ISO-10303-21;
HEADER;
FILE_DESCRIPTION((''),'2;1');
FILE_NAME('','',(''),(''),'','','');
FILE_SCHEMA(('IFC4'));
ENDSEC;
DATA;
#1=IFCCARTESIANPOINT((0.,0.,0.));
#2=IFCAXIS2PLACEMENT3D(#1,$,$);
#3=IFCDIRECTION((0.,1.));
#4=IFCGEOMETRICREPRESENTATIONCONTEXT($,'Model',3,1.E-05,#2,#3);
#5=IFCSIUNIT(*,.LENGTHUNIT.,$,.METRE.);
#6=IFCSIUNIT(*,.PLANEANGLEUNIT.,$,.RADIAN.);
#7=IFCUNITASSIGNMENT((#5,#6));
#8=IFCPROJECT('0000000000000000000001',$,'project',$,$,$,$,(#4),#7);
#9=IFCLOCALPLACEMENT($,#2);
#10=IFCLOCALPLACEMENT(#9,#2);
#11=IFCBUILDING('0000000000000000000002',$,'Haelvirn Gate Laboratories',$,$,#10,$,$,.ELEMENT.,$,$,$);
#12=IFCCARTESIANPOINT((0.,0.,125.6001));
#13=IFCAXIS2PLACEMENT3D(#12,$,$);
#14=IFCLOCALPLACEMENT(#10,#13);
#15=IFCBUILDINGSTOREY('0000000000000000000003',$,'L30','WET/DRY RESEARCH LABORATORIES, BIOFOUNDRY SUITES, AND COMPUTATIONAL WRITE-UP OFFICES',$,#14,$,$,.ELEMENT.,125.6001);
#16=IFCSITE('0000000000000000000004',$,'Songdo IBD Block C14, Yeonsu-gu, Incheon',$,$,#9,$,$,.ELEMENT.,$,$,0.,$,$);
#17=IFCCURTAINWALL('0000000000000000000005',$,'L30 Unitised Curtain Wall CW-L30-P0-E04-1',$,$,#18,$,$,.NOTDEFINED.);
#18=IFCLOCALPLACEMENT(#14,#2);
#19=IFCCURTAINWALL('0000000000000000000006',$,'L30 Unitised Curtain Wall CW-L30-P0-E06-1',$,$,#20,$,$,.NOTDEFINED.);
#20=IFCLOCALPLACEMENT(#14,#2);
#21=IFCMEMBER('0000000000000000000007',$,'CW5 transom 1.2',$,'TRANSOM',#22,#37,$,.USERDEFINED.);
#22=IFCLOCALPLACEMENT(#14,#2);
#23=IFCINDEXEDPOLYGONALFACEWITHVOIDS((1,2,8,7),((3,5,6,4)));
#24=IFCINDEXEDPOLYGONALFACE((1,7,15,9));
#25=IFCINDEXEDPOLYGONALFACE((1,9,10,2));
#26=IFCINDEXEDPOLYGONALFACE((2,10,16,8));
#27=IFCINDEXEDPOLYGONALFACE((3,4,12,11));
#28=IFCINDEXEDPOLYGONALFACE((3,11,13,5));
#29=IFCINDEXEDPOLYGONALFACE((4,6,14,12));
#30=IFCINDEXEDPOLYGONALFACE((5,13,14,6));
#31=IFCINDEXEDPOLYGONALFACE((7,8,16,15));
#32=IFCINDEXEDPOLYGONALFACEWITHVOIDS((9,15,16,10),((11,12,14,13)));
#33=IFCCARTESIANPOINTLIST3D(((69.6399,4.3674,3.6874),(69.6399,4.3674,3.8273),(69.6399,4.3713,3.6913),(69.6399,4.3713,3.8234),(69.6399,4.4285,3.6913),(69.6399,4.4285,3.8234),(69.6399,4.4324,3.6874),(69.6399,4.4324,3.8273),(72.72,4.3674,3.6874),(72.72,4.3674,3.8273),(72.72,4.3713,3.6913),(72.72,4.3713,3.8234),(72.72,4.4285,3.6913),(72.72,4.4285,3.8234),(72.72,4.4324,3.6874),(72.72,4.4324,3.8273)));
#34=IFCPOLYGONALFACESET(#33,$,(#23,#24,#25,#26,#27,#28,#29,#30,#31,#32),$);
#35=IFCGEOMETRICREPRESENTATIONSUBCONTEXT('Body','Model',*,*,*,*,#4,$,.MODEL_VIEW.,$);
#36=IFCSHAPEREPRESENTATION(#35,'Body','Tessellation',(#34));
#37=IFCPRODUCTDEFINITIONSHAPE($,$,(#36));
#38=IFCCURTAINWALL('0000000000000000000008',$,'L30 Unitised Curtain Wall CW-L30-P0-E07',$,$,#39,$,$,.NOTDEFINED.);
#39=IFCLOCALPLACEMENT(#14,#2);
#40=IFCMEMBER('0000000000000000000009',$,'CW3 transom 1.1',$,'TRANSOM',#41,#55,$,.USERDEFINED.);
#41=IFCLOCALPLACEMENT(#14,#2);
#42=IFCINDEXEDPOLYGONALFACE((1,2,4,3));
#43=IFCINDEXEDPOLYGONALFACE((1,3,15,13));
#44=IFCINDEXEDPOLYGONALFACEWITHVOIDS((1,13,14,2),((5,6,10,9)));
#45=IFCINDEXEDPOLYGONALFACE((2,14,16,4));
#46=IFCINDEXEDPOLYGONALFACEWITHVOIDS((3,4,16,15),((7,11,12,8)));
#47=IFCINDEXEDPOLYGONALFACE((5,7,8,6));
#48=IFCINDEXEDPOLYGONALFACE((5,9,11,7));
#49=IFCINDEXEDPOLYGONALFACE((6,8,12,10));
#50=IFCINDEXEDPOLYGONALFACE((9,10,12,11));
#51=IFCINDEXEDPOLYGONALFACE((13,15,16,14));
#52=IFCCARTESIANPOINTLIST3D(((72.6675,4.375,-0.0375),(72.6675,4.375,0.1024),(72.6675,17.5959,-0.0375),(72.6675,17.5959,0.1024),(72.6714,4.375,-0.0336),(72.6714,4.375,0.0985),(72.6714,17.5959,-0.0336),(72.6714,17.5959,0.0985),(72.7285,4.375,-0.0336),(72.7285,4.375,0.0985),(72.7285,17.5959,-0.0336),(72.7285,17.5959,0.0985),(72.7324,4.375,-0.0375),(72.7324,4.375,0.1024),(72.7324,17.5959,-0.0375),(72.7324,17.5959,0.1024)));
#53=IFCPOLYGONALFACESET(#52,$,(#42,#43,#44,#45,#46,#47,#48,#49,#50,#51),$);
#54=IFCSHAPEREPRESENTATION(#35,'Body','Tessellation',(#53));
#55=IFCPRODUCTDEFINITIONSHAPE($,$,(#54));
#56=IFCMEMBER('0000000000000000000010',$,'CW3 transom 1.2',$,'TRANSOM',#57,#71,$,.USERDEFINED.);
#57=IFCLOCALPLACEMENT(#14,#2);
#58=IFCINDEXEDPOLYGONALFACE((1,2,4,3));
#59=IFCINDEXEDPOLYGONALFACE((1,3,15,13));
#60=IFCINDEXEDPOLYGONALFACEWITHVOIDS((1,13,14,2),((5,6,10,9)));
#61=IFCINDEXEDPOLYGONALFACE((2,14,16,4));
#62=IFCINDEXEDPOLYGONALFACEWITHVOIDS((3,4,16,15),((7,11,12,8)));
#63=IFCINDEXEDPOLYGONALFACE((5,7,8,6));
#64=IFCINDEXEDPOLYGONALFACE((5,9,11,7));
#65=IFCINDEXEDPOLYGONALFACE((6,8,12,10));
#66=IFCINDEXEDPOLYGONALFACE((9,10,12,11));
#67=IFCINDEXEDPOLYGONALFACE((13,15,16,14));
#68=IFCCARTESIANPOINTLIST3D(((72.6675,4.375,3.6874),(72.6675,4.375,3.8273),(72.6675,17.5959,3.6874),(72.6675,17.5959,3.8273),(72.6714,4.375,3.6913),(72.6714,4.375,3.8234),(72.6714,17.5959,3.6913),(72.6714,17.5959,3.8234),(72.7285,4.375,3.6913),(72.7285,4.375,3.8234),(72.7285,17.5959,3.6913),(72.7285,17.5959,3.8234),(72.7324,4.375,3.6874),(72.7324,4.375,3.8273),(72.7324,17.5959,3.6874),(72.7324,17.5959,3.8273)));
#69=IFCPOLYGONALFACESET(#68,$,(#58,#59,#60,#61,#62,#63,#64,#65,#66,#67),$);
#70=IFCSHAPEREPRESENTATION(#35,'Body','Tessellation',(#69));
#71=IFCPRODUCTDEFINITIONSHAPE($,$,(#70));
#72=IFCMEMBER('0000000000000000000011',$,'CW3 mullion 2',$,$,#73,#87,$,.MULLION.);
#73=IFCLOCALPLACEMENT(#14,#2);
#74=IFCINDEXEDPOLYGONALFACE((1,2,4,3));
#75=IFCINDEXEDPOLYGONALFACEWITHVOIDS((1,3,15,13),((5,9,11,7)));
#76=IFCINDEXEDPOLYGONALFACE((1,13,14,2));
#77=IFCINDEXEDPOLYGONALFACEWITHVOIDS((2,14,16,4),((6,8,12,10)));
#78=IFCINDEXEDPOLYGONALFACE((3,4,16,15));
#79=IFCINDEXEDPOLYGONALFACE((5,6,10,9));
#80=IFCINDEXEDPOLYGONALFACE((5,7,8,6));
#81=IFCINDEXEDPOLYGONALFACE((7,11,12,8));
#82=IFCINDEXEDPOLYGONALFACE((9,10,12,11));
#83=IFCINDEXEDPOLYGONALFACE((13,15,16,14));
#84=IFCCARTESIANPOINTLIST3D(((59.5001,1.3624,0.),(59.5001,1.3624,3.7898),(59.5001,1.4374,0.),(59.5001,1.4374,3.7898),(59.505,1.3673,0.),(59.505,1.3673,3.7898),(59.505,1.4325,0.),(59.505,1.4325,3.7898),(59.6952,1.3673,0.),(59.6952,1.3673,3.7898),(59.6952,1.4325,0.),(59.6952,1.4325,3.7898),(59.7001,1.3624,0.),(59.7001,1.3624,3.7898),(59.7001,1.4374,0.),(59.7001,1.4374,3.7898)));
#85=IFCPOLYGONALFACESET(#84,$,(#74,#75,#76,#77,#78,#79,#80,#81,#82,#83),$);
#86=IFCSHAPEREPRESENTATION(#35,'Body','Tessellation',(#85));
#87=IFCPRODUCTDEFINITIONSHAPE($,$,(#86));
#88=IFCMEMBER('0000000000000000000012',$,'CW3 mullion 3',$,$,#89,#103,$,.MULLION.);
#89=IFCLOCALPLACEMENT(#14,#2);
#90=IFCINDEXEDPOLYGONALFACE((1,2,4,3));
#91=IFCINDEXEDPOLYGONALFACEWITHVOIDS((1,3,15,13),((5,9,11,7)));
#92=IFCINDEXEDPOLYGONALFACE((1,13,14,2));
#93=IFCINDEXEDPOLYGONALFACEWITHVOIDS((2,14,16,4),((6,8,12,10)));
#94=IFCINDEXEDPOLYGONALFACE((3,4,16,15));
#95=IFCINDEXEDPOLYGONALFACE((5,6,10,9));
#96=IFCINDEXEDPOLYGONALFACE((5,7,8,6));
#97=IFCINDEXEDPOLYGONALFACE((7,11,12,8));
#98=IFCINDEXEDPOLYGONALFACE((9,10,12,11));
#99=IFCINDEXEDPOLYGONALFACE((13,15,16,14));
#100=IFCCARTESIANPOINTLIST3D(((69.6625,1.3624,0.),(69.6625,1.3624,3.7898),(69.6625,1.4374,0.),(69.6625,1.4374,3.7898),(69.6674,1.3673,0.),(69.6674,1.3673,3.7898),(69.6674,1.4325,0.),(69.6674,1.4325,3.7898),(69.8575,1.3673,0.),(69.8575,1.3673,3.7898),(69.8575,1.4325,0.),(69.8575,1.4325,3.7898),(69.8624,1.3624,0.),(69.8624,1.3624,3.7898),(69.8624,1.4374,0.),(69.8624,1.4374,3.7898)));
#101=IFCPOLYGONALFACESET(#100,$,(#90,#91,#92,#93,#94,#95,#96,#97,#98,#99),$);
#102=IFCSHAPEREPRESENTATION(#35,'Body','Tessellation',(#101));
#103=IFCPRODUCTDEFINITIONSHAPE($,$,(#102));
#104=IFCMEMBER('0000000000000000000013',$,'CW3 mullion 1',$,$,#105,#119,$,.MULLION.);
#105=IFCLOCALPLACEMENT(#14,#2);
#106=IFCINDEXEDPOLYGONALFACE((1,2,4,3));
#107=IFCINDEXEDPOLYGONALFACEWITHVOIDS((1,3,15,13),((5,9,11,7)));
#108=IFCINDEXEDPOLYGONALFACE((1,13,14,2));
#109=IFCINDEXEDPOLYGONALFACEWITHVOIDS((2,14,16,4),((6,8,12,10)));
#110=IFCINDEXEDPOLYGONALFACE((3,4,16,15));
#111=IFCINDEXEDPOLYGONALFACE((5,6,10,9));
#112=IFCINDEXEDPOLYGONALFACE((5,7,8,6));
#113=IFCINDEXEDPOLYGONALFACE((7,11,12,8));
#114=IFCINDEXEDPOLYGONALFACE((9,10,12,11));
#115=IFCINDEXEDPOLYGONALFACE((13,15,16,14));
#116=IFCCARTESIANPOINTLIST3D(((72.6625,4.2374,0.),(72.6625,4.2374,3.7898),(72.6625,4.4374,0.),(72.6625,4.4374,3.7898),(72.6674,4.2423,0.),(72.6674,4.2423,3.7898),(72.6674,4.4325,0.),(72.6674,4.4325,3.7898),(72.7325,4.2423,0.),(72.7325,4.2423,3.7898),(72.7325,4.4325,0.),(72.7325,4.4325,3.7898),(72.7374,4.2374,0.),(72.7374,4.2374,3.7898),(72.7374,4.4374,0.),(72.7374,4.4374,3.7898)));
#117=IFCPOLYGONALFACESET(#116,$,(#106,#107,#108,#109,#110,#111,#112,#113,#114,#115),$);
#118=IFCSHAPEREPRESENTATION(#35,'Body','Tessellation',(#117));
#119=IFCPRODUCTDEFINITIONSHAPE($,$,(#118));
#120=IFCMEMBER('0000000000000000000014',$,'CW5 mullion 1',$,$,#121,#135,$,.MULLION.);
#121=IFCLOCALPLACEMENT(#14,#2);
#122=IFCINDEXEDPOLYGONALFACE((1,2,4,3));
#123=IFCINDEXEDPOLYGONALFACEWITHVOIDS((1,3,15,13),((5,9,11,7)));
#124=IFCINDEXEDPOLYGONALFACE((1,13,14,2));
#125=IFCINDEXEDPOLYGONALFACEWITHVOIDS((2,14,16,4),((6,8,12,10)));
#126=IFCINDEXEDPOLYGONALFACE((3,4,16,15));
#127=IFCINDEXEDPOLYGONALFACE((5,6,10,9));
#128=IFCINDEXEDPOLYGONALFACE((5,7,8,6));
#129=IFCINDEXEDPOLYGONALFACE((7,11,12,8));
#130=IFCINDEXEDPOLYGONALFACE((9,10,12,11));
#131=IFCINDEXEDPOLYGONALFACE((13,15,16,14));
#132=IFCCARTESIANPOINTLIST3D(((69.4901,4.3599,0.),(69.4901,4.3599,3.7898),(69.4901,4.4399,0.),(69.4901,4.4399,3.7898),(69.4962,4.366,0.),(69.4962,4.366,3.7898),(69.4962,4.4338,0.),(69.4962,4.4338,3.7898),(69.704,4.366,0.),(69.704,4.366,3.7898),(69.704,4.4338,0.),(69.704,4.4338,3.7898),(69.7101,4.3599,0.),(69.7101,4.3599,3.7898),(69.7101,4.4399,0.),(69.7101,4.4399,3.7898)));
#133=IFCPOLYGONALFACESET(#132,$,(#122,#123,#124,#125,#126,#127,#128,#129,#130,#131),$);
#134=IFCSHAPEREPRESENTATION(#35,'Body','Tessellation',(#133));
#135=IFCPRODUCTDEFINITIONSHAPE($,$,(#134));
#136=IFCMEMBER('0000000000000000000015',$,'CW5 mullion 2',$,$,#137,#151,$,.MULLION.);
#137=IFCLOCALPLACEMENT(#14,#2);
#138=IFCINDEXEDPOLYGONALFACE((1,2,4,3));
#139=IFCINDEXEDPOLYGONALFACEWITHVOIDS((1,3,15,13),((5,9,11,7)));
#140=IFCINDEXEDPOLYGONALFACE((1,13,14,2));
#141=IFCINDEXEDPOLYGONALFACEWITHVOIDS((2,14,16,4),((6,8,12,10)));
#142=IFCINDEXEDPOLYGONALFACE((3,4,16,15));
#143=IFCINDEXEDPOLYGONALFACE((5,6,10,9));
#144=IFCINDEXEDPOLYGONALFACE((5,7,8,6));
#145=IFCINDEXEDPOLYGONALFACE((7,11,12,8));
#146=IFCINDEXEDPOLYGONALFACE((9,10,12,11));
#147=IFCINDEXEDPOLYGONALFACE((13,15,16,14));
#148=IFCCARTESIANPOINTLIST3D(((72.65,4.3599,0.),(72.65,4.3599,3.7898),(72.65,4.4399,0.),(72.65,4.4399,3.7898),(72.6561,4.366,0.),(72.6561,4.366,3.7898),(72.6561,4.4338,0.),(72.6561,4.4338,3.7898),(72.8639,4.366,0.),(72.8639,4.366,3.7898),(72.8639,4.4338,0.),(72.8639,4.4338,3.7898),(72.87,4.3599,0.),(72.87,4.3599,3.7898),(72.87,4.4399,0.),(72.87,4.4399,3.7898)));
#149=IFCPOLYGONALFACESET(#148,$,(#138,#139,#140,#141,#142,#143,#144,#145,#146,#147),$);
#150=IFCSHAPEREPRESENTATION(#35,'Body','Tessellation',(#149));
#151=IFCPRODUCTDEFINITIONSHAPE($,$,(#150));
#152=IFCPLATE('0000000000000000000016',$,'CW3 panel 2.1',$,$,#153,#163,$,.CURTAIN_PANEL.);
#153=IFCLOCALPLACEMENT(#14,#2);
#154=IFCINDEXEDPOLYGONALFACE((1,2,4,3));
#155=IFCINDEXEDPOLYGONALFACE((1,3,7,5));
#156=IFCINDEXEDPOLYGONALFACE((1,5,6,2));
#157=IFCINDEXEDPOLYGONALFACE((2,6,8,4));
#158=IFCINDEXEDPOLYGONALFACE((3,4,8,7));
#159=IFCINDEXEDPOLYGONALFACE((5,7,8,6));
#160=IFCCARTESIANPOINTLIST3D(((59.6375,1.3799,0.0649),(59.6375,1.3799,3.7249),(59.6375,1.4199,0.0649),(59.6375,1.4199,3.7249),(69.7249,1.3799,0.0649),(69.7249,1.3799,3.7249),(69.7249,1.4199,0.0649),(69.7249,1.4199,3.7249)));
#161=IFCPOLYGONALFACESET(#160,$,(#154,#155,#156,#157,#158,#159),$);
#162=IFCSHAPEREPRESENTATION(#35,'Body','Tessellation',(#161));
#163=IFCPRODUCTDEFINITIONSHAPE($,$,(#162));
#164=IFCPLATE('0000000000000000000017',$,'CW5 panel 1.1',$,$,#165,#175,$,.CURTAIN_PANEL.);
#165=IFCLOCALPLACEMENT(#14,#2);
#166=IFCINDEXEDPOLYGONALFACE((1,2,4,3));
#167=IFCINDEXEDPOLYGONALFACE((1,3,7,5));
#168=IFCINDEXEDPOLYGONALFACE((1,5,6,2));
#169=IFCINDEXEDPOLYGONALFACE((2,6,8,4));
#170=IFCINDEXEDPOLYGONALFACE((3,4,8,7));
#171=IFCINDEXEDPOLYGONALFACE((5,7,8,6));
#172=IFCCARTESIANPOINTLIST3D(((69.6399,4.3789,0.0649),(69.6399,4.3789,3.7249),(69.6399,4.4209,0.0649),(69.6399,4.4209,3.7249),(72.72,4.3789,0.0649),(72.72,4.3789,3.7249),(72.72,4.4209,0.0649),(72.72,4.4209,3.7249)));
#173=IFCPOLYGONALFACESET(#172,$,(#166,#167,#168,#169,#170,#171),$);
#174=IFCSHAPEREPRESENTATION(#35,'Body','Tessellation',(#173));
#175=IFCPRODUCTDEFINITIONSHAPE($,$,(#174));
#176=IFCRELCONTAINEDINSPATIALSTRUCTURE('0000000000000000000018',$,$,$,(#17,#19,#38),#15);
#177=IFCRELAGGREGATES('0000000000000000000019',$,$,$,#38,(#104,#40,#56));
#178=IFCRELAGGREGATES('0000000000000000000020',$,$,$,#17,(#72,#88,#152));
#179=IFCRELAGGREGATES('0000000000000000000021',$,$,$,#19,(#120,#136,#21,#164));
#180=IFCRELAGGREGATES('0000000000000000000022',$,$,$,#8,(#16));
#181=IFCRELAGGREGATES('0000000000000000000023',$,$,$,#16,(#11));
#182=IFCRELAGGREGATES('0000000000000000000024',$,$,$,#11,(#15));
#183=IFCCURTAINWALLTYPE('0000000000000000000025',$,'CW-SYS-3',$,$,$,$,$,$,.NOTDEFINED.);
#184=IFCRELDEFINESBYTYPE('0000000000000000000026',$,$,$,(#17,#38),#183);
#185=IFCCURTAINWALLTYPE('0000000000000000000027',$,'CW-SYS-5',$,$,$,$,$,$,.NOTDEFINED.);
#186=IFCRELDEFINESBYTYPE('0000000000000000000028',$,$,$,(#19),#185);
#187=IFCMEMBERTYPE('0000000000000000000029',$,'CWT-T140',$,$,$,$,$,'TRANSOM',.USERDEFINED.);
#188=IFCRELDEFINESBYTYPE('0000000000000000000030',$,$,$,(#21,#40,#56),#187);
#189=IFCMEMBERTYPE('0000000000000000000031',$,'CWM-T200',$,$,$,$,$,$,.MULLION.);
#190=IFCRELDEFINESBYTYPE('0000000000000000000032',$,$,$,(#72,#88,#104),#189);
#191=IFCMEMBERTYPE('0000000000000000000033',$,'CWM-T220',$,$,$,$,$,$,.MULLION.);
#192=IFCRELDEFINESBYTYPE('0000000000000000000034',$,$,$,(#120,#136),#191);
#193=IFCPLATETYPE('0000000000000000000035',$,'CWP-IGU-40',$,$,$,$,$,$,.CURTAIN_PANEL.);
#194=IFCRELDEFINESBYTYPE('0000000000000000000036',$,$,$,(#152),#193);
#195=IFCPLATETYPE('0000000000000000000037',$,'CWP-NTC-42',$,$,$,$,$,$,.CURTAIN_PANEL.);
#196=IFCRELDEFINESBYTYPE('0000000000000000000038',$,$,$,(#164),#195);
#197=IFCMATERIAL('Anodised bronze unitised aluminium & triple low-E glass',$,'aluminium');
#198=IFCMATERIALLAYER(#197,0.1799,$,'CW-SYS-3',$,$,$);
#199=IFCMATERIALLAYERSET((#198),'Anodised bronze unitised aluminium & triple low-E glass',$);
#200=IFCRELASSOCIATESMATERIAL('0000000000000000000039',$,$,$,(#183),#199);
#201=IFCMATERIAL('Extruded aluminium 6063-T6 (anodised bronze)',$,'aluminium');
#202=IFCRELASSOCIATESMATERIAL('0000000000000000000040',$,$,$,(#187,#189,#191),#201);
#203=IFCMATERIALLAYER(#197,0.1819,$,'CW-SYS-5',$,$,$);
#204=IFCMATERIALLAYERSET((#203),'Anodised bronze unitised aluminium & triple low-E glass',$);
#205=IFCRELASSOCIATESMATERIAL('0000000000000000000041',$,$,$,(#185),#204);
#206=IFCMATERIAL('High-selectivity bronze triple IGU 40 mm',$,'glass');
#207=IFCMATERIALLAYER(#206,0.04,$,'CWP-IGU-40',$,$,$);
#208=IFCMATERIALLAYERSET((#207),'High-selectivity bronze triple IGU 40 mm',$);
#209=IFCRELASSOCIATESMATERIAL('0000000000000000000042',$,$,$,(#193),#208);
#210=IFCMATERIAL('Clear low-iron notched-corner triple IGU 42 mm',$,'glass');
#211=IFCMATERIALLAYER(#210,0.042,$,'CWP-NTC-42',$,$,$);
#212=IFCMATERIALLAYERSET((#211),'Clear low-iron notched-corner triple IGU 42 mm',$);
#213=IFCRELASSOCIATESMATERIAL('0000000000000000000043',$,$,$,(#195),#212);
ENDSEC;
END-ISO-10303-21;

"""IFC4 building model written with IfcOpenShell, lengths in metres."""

from ifc_helpers import new_model, si_unit, direction, frame, origin, origin_2d, place, context, subcontext, project, spatial, rectangle, hollow_rectangle, extrude, source, transform, mapped, material, layer, layer_set, material_profile, profile_set, type_object, type_shapes, element, aggregate, save


model = new_model("IFC4")

# Units and contexts
model_context = context("Model", 3, precision=1e-05, world=origin(), true_north=direction((0.0, 1.0)))
body_context = subcontext(model_context, "Body", "Model", "MODEL_VIEW")
ifc_project = project(units=[si_unit("LENGTHUNIT", "METRE"), si_unit("PLANEANGLEUNIT", "RADIAN")], contexts=[model_context])

# Site, building, storey
site_placement = place(None, origin())
site = spatial("IfcSite", under=ifc_project, at=site_placement, Name="Songdo IBD Block C14, Yeonsu-gu, Incheon", CompositionType="ELEMENT", RefElevation=0.0)
building_placement = place(site_placement, origin())
building = spatial("IfcBuilding", under=site, at=building_placement, Name="Haelvirn Gate Laboratories", CompositionType="ELEMENT")
storey_placement = place(building_placement, frame((0.0, 0.0, 125.6001)))
storey = spatial("IfcBuildingStorey", under=building, at=storey_placement, Name="L30", Description="WET/DRY RESEARCH LABORATORIES, BIOFOUNDRY SUITES, AND COMPUTATIONAL WRITE-UP OFFICES", CompositionType="ELEMENT", Elevation=125.6001)

# Curtain walls, members
ifc_material_1 = material(Name="Anodised bronze unitised aluminium & triple low-E glass", Category="aluminium")
ifc_layer_1 = layer(ifc_material_1, 0.1799, Name="CW-SYS-3")
ifc_layer_set_1 = layer_set([ifc_layer_1], Name="Anodised bronze unitised aluminium & triple low-E glass")
curtain_wall_type_1 = type_object("IfcCurtainWallType", Name="CW-SYS-3", PredefinedType="NOTDEFINED", material=ifc_layer_set_1)
curtain_wall_1_placement = place(storey_placement, origin())
curtain_wall_1 = element("IfcCurtainWall", 1, at=curtain_wall_1_placement, inside=storey, type_object=curtain_wall_type_1, Name="L30 Unitised Curtain Wall CW-L30-P0-E04-1", PredefinedType="NOTDEFINED")
ifc_material_2 = material(Name="Extruded aluminium 6063-T6 (anodised bronze)", Category="aluminium")
ifc_material_profile_1 = material_profile(ifc_material_2, hollow_rectangle(XDim=0.0649, YDim=0.1399, WallThickness=0.0039, at=origin_2d()), Name="CWT-140x65x4")
ifc_profile_set_1 = profile_set([ifc_material_profile_1], Name="Extruded aluminium 6063-T6 (anodised bronze)")
member_type_1 = type_object("IfcMemberType", Name="CWT-T140", ElementType="TRANSOM", PredefinedType="USERDEFINED", material=ifc_profile_set_1)
ifc_layer_2 = layer(ifc_material_1, 0.1819, Name="CW-SYS-5")
ifc_layer_set_2 = layer_set([ifc_layer_2], Name="Anodised bronze unitised aluminium & triple low-E glass")
curtain_wall_type_2 = type_object("IfcCurtainWallType", Name="CW-SYS-5", PredefinedType="NOTDEFINED", material=ifc_layer_set_2)
curtain_wall_2_placement = place(storey_placement, origin())
curtain_wall_2 = element("IfcCurtainWall", 2, at=curtain_wall_2_placement, inside=storey, type_object=curtain_wall_type_2, Name="L30 Unitised Curtain Wall CW-L30-P0-E06-1", PredefinedType="NOTDEFINED")
shared_shape_1 = source(origin(), body_context, "Body", "SweptSolid", [
    extrude(hollow_rectangle(XDim=0.0649, YDim=0.1399, WallThickness=0.0039, at=origin_2d()), origin(), (0.0, 0.0, 1.0), 3.0801),
])
member_1_placement = place(storey_placement, frame((69.6399, 4.3999, 3.7573), z_axis=(1.0, 0.0, 0.0), x_axis=(0.0, 1.0, 0.0)))
member_1 = element("IfcMember", 3, at=member_1_placement, type_object=member_type_1, Name="CW5 transom 1.2", ObjectType="TRANSOM", PredefinedType="USERDEFINED", context=body_context, shape_type="MappedRepresentation", body=[
    mapped(shared_shape_1, transform((0.0, 0.0, 0.0), scale=1.0)),
])
curtain_wall_3_placement = place(storey_placement, origin())
curtain_wall_3 = element("IfcCurtainWall", 4, at=curtain_wall_3_placement, inside=storey, type_object=curtain_wall_type_1, Name="L30 Unitised Curtain Wall CW-L30-P0-E07", PredefinedType="NOTDEFINED")
shared_shape_2 = source(origin(), body_context, "Body", "SweptSolid", [
    extrude(hollow_rectangle(XDim=0.0649, YDim=0.1399, WallThickness=0.0039, at=origin_2d()), origin(), (0.0, 0.0, 1.0), 13.2209),
])
member_2_placement = place(storey_placement, frame((72.7, 4.375, 0.0325), z_axis=(0.0, 1.0, 0.0), x_axis=(-1.0, 0.0, 0.0)))
member_2 = element("IfcMember", 5, at=member_2_placement, type_object=member_type_1, Name="CW3 transom 1.1", ObjectType="TRANSOM", PredefinedType="USERDEFINED", context=body_context, shape_type="MappedRepresentation", body=[
    mapped(shared_shape_2, transform((0.0, 0.0, 0.0), scale=1.0)),
])
member_3_placement = place(storey_placement, frame((72.7, 4.375, 3.7573), z_axis=(0.0, 1.0, 0.0), x_axis=(-1.0, 0.0, 0.0)))
member_3 = element("IfcMember", 6, at=member_3_placement, type_object=member_type_1, Name="CW3 transom 1.2", ObjectType="TRANSOM", PredefinedType="USERDEFINED", context=body_context, shape_type="MappedRepresentation", body=[
    mapped(shared_shape_2, transform((0.0, 0.0, 0.0), scale=1.0)),
])

# Members
ifc_material_profile_2 = material_profile(ifc_material_2, hollow_rectangle(XDim=0.075, YDim=0.2, WallThickness=0.0049, at=origin_2d()), Name="CWM-200x75x5")
ifc_profile_set_2 = profile_set([ifc_material_profile_2], Name="Extruded aluminium 6063-T6 (anodised bronze)")
member_type_2 = type_object("IfcMemberType", Name="CWM-T200", PredefinedType="MULLION", material=ifc_profile_set_2)
shared_shape_3 = source(origin(), body_context, "Body", "SweptSolid", [
    extrude(hollow_rectangle(XDim=0.075, YDim=0.2, WallThickness=0.0049, at=origin_2d()), origin(), (0.0, 0.0, 1.0), 3.7898),
])
type_shapes(member_type_2, [shared_shape_3])
member_4_placement = place(storey_placement, frame((59.6001, 1.3999, 0.0), z_axis=(0.0, 0.0, 1.0), x_axis=(0.0, 1.0, 0.0)))
member_4 = element("IfcMember", 7, at=member_4_placement, type_object=member_type_2, Name="CW3 mullion 2", PredefinedType="MULLION", context=body_context, shape_type="MappedRepresentation", body=[
    mapped(shared_shape_3, transform((0.0, 0.0, 0.0), scale=1.0)),
])
member_5_placement = place(storey_placement, frame((69.7625, 1.3999, 0.0), z_axis=(0.0, 0.0, 1.0), x_axis=(0.0, 1.0, 0.0)))
member_5 = element("IfcMember", 8, at=member_5_placement, type_object=member_type_2, Name="CW3 mullion 3", PredefinedType="MULLION", context=body_context, shape_type="MappedRepresentation", body=[
    mapped(shared_shape_3, transform((0.0, 0.0, 0.0), scale=1.0)),
])
member_6_placement = place(storey_placement, frame((72.7, 4.3374, 0.0), z_axis=(0.0, 0.0, 1.0), x_axis=(-1.0, 0.0, 0.0)))
member_6 = element("IfcMember", 9, at=member_6_placement, type_object=member_type_2, Name="CW3 mullion 1", PredefinedType="MULLION", context=body_context, shape_type="MappedRepresentation", body=[
    mapped(shared_shape_3, transform((0.0, 0.0, 0.0), scale=1.0)),
])
aggregate(curtain_wall_3, [member_6, member_2, member_3])
ifc_material_profile_3 = material_profile(ifc_material_2, hollow_rectangle(XDim=0.0801, YDim=0.22, WallThickness=0.0061, at=origin_2d()), Name="CWM-220x80x6")
ifc_profile_set_3 = profile_set([ifc_material_profile_3], Name="Extruded aluminium 6063-T6 (anodised bronze)")
member_type_3 = type_object("IfcMemberType", Name="CWM-T220", PredefinedType="MULLION", material=ifc_profile_set_3)
shared_shape_4 = source(origin(), body_context, "Body", "SweptSolid", [
    extrude(hollow_rectangle(XDim=0.0801, YDim=0.22, WallThickness=0.0061, at=origin_2d()), origin(), (0.0, 0.0, 1.0), 3.7898),
])
type_shapes(member_type_3, [shared_shape_4])
member_7_placement = place(storey_placement, frame((69.6001, 4.3999, 0.0), z_axis=(0.0, 0.0, 1.0), x_axis=(0.0, 1.0, 0.0)))
member_7 = element("IfcMember", 10, at=member_7_placement, type_object=member_type_3, Name="CW5 mullion 1", PredefinedType="MULLION", context=body_context, shape_type="MappedRepresentation", body=[
    mapped(shared_shape_4, transform((0.0, 0.0, 0.0), scale=1.0)),
])
member_8_placement = place(storey_placement, frame((72.76, 4.3999, 0.0), z_axis=(0.0, 0.0, 1.0), x_axis=(0.0, 1.0, 0.0)))
member_8 = element("IfcMember", 11, at=member_8_placement, type_object=member_type_3, Name="CW5 mullion 2", PredefinedType="MULLION", context=body_context, shape_type="MappedRepresentation", body=[
    mapped(shared_shape_4, transform((0.0, 0.0, 0.0), scale=1.0)),
])

# Plates
ifc_material_3 = material(Name="High-selectivity bronze triple IGU 40 mm", Category="glass")
ifc_layer_3 = layer(ifc_material_3, 0.04, Name="CWP-IGU-40")
ifc_layer_set_3 = layer_set([ifc_layer_3], Name="High-selectivity bronze triple IGU 40 mm")
plate_type_1 = type_object("IfcPlateType", Name="CWP-IGU-40", PredefinedType="CURTAIN_PANEL", material=ifc_layer_set_3)
shared_shape_5 = source(origin(), body_context, "Body", "SweptSolid", [
    extrude(rectangle(XDim=10.0874, YDim=0.04, at=origin_2d()), origin(), (0.0, 0.0, 1.0), 3.6599),
])
type_shapes(plate_type_1, [shared_shape_5])
plate_1_placement = place(storey_placement, frame((64.6812, 1.3999, 0.0649), z_axis=(0.0, 0.0, 1.0), x_axis=(1.0, 0.0, 0.0)))
plate_1 = element("IfcPlate", 12, at=plate_1_placement, type_object=plate_type_1, Name="CW3 panel 2.1", PredefinedType="CURTAIN_PANEL", context=body_context, shape_type="MappedRepresentation", body=[
    mapped(shared_shape_5, transform((0.0, 0.0, 0.0), scale=1.0)),
])
aggregate(curtain_wall_1, [member_4, member_5, plate_1])
ifc_material_4 = material(Name="Clear low-iron notched-corner triple IGU 42 mm", Category="glass")
ifc_layer_4 = layer(ifc_material_4, 0.042, Name="CWP-NTC-42")
ifc_layer_set_4 = layer_set([ifc_layer_4], Name="Clear low-iron notched-corner triple IGU 42 mm")
plate_type_2 = type_object("IfcPlateType", Name="CWP-NTC-42", PredefinedType="CURTAIN_PANEL", material=ifc_layer_set_4)
shared_shape_6 = source(origin(), body_context, "Body", "SweptSolid", [
    extrude(rectangle(XDim=3.0801, YDim=0.042, at=origin_2d()), origin(), (0.0, 0.0, 1.0), 3.6599),
])
type_shapes(plate_type_2, [shared_shape_6])
plate_2_placement = place(storey_placement, frame((71.1799, 4.3999, 0.0649), z_axis=(0.0, 0.0, 1.0), x_axis=(1.0, 0.0, 0.0)))
plate_2 = element("IfcPlate", 13, at=plate_2_placement, type_object=plate_type_2, Name="CW5 panel 1.1", PredefinedType="CURTAIN_PANEL", context=body_context, shape_type="MappedRepresentation", body=[
    mapped(shared_shape_6, transform((0.0, 0.0, 0.0), scale=1.0)),
])
aggregate(curtain_wall_2, [member_7, member_8, member_1, plate_2])

save(model, "model.ifc")
